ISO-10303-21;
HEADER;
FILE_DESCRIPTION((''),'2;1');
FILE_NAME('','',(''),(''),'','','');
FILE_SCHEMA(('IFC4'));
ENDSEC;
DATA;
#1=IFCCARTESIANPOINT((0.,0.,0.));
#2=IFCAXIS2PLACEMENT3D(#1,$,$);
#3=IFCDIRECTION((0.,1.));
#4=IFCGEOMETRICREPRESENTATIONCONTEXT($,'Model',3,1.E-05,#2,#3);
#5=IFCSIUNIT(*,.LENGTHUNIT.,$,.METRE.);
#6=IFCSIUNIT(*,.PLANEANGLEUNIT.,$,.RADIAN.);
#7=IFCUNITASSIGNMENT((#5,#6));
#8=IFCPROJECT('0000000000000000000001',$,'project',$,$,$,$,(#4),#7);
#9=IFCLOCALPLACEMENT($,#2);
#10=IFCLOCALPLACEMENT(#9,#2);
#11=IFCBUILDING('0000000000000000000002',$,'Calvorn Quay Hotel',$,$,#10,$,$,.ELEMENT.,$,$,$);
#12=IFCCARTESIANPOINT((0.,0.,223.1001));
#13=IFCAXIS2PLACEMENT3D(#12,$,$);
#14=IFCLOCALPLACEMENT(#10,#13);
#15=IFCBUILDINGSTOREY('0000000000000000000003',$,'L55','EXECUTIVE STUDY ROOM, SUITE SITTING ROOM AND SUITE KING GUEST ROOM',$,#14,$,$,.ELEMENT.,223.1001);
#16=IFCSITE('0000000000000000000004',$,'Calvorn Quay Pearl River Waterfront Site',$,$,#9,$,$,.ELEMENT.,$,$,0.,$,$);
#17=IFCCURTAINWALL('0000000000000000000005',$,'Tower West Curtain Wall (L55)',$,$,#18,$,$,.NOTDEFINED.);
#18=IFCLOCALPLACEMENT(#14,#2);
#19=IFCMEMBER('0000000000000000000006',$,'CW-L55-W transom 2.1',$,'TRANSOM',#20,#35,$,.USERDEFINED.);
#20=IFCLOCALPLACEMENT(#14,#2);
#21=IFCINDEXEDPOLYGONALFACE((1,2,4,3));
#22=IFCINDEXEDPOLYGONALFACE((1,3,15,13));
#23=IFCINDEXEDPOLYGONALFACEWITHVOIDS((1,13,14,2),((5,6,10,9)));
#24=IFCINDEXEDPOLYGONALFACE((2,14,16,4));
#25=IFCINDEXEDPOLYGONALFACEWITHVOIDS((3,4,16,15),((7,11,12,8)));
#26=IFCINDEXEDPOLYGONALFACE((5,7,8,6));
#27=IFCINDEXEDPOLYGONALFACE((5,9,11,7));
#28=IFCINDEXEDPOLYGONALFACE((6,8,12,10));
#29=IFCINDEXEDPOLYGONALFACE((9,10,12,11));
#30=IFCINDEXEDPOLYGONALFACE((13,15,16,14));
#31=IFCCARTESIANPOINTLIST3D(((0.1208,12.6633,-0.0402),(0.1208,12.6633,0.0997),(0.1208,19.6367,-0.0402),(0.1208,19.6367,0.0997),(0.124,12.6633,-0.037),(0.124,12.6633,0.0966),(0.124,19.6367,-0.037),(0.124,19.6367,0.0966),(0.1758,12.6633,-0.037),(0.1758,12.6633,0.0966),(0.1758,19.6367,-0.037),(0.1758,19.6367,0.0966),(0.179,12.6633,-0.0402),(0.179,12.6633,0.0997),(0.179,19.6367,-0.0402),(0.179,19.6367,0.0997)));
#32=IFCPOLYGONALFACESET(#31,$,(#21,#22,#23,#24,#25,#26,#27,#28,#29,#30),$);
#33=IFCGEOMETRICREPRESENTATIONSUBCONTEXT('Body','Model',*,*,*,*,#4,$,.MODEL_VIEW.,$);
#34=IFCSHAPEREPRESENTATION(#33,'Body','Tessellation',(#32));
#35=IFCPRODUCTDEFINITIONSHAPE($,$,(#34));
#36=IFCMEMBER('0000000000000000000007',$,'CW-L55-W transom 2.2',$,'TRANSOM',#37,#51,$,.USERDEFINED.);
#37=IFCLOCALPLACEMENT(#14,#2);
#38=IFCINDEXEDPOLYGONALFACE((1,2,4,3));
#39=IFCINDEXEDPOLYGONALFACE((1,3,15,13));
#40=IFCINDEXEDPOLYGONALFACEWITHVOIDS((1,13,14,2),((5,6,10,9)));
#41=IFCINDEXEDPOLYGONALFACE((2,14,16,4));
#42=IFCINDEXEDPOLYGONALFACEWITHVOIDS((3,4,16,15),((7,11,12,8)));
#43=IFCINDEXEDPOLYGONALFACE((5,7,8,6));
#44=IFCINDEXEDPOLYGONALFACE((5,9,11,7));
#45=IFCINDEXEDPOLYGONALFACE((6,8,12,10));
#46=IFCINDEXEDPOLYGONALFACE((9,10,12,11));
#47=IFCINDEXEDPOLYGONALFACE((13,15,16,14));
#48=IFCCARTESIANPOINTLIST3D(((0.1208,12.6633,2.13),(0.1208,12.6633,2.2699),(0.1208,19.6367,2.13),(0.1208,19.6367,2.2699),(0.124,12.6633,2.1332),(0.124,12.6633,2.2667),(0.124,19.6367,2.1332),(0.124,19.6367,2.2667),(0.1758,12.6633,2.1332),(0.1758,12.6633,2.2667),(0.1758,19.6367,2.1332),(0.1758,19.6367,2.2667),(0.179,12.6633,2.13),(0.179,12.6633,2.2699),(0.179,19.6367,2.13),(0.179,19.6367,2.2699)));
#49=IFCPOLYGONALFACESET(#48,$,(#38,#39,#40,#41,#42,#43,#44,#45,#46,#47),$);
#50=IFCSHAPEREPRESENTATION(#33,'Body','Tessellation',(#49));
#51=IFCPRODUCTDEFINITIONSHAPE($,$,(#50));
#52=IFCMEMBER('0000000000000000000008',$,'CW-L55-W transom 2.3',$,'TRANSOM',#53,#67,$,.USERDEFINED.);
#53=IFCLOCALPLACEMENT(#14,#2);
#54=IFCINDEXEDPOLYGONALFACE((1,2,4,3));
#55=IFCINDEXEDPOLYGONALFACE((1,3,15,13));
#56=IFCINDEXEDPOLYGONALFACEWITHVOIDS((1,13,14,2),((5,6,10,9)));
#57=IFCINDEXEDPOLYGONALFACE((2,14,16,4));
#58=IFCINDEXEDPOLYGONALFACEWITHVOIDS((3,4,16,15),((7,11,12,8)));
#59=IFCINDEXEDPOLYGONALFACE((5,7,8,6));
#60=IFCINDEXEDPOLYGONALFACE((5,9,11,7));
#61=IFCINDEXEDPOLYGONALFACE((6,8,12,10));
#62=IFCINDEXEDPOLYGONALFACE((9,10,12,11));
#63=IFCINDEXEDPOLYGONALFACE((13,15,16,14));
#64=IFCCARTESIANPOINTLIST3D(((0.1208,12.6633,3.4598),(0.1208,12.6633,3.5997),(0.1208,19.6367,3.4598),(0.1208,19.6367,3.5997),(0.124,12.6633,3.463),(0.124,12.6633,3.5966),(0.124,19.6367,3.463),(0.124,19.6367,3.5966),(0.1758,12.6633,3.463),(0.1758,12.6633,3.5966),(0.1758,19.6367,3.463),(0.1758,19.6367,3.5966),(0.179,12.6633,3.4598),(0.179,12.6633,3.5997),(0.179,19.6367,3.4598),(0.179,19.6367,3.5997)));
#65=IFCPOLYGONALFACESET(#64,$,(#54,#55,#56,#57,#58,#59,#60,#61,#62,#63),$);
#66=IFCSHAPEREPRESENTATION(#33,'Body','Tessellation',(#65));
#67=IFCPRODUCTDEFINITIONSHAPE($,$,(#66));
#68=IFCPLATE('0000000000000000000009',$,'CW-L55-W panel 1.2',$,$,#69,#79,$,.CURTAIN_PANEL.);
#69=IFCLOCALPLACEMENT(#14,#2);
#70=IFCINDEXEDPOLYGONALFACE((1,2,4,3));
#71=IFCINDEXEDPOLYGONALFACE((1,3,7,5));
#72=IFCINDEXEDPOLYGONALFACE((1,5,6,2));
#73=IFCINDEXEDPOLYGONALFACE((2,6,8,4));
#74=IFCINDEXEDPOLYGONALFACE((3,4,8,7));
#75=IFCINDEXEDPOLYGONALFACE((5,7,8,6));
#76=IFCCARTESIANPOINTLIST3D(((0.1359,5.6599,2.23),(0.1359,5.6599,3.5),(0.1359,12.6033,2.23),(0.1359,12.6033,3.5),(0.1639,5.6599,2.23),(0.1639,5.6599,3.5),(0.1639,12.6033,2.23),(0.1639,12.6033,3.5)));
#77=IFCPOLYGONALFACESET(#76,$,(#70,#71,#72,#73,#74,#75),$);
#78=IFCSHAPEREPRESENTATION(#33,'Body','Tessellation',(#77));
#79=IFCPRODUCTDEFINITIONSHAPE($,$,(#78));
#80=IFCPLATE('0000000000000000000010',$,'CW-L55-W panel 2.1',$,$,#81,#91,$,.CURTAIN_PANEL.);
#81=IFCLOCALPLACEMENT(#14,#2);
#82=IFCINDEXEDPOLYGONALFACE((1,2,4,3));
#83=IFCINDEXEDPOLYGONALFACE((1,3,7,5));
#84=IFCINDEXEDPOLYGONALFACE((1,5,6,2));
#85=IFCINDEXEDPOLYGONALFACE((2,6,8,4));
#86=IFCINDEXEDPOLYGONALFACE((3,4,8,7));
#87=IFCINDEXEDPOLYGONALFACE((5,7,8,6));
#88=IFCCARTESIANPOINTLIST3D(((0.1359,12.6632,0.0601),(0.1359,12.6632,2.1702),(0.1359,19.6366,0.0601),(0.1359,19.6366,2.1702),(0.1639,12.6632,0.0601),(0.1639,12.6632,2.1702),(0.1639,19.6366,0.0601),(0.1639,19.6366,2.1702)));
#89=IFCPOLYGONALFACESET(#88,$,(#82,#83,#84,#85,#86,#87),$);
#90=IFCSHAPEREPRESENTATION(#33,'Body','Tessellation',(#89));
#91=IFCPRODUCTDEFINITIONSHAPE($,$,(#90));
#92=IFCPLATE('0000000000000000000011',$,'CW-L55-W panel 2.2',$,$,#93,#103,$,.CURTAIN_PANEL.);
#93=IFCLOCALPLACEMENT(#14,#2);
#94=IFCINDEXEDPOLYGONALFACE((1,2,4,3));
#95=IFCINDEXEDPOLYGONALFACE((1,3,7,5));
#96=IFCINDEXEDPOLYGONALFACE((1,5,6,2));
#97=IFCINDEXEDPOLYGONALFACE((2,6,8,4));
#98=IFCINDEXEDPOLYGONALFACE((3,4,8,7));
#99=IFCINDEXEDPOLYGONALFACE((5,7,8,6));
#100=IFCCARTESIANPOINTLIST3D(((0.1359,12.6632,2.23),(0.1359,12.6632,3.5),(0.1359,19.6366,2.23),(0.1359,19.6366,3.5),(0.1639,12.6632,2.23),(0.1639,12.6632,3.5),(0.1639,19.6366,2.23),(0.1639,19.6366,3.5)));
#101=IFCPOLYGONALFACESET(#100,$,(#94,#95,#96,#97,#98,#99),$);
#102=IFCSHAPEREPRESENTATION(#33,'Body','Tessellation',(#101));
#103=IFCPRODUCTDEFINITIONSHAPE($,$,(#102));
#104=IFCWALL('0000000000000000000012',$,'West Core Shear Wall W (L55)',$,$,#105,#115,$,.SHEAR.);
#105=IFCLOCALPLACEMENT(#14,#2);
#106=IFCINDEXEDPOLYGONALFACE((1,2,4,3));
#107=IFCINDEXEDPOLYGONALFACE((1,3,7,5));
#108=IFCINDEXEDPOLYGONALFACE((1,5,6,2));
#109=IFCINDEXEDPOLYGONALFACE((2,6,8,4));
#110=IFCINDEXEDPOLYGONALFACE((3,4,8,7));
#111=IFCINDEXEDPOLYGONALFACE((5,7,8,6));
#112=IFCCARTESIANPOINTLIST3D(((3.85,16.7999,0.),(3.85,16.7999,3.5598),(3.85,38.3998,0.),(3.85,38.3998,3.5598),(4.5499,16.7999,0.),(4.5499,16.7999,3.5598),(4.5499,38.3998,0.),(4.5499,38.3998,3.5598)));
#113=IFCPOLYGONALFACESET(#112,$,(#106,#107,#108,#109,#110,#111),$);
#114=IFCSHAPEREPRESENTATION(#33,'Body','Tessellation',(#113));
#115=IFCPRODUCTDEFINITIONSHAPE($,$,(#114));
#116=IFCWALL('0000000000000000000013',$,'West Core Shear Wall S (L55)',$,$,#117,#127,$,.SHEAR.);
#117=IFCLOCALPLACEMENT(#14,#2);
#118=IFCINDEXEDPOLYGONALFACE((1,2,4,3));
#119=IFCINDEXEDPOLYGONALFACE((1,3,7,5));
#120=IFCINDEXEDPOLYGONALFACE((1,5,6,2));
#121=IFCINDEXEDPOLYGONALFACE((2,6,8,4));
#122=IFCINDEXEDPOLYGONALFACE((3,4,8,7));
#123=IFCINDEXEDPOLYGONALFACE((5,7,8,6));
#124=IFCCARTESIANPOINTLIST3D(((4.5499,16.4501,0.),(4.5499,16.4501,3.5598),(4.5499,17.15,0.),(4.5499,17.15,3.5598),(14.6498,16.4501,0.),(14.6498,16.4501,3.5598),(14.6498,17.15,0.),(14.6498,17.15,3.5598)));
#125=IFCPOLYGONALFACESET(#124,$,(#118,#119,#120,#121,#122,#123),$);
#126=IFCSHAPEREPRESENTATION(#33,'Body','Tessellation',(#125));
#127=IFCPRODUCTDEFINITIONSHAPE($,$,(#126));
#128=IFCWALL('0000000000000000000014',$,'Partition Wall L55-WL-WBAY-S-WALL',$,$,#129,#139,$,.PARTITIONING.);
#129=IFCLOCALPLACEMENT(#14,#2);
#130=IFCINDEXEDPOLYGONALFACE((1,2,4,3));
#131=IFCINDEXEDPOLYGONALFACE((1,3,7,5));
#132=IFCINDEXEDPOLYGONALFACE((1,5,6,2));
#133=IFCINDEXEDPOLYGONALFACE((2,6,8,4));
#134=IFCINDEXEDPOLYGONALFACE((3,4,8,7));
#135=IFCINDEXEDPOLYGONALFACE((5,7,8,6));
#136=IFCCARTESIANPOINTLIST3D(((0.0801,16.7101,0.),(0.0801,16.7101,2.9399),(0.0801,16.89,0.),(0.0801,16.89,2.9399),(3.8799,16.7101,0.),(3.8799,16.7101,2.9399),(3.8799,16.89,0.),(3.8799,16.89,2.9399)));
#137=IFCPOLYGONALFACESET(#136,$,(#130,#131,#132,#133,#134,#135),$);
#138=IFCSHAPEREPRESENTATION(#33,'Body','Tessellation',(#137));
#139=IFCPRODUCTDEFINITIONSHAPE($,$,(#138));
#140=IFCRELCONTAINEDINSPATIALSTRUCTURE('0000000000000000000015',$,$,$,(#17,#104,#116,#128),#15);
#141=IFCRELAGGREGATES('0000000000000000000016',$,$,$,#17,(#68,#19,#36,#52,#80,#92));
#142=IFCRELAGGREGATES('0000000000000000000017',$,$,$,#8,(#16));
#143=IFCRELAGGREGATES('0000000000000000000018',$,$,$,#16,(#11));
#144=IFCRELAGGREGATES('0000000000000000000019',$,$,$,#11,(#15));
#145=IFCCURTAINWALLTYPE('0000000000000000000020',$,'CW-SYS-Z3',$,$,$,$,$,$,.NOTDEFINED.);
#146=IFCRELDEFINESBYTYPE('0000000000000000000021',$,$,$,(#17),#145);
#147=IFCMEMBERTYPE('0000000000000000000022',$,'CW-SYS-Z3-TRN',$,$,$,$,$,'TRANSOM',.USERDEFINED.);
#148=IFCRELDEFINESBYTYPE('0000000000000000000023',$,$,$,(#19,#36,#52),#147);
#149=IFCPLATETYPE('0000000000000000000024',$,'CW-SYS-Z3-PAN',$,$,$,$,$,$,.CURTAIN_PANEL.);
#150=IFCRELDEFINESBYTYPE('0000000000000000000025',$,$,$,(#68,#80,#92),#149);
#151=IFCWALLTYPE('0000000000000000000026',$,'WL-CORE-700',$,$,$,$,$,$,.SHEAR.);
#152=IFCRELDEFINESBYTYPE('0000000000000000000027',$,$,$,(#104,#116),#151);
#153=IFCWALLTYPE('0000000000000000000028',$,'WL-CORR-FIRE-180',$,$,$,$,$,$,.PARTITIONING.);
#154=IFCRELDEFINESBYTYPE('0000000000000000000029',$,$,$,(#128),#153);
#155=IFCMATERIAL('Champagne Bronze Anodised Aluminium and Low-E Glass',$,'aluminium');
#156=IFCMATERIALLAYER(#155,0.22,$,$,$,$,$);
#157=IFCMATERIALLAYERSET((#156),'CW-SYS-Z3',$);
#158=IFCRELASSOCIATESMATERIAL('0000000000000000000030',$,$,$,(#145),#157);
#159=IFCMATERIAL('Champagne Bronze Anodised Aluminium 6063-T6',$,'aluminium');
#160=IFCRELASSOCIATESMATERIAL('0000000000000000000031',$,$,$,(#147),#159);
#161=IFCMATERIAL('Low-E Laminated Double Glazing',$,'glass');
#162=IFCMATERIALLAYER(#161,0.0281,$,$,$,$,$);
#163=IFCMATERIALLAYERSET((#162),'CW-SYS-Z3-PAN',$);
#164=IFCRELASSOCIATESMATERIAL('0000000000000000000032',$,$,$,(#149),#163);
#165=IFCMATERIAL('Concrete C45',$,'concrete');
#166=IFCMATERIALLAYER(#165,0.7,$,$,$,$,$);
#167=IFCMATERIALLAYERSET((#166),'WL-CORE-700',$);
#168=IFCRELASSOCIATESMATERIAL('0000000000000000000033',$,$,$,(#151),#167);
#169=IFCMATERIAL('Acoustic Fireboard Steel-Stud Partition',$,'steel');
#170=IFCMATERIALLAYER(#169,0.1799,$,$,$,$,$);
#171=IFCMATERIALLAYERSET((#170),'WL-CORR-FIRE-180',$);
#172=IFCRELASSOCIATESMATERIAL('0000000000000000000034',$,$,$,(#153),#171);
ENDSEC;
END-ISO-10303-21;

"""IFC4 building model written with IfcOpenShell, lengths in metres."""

from ifc_helpers import new_model, si_unit, direction, frame, frame_2d, origin, origin_2d, place, context, subcontext, project, spatial, rectangle, hollow_rectangle, extrude, material, layer, layer_set, material_profile, profile_set, type_object, element, aggregate, save


model = new_model("IFC4")

# Units and contexts
model_context = context("Model", 3, precision=1e-05, world=origin(), true_north=direction((0.0, 1.0)))
body_context = subcontext(model_context, "Body", "Model", "MODEL_VIEW")
ifc_project = project(units=[si_unit("LENGTHUNIT", "METRE"), si_unit("PLANEANGLEUNIT", "RADIAN")], contexts=[model_context])

# Site, building, storey
site_placement = place(None, origin())
site = spatial("IfcSite", under=ifc_project, at=site_placement, Name="Calvorn Quay Pearl River Waterfront Site", CompositionType="ELEMENT", RefElevation=0.0)
building_placement = place(site_placement, origin())
building = spatial("IfcBuilding", under=site, at=building_placement, Name="Calvorn Quay Hotel", CompositionType="ELEMENT")
storey_placement = place(building_placement, frame((0.0, 0.0, 223.1001)))
storey = spatial("IfcBuildingStorey", under=building, at=storey_placement, Name="L55", Description="EXECUTIVE STUDY ROOM, SUITE SITTING ROOM AND SUITE KING GUEST ROOM", CompositionType="ELEMENT", Elevation=223.1001)

# Curtain wall, members, plates
ifc_material_1 = material(Name="Champagne Bronze Anodised Aluminium and Low-E Glass", Category="aluminium")
ifc_layer_1 = layer(ifc_material_1, 0.22)
ifc_layer_set_1 = layer_set([ifc_layer_1], Name="CW-SYS-Z3")
curtain_wall_type = type_object("IfcCurtainWallType", Name="CW-SYS-Z3", PredefinedType="NOTDEFINED", material=ifc_layer_set_1)
curtain_wall_placement = place(storey_placement, origin())
curtain_wall = element("IfcCurtainWall", 1, at=curtain_wall_placement, inside=storey, type_object=curtain_wall_type, Name="Tower West Curtain Wall (L55)", PredefinedType="NOTDEFINED")
ifc_material_2 = material(Name="Champagne Bronze Anodised Aluminium 6063-T6", Category="aluminium")
ifc_material_profile_1 = material_profile(ifc_material_2, hollow_rectangle(XDim=0.0581, YDim=0.1399, WallThickness=0.0032, at=origin_2d()), Name="ALU-T140x58x3.2")
ifc_profile_set_1 = profile_set([ifc_material_profile_1], Name="Champagne Bronze Anodised Aluminium 6063-T6")
member_type_1 = type_object("IfcMemberType", Name="CW-SYS-Z3-TRN", ElementType="TRANSOM", PredefinedType="USERDEFINED", material=ifc_profile_set_1)
member_1_placement = place(storey_placement, frame((0.1499, 12.6633, 0.0298), z_axis=(0.0, 1.0, 0.0), x_axis=(-1.0, 0.0, 0.0)))
member_1 = element("IfcMember", 2, at=member_1_placement, type_object=member_type_1, Name="CW-L55-W transom 2.1", ObjectType="TRANSOM", PredefinedType="USERDEFINED", context=body_context, shape_type="SweptSolid", body=[
    extrude(hollow_rectangle(XDim=0.0581, YDim=0.1399, WallThickness=0.0032, at=origin_2d()), origin(), (0.0, 0.0, 1.0), 6.9734),
])
member_2_placement = place(storey_placement, frame((0.1499, 12.6633, 2.2), z_axis=(0.0, 1.0, 0.0), x_axis=(-1.0, 0.0, 0.0)))
member_2 = element("IfcMember", 3, at=member_2_placement, type_object=member_type_1, Name="CW-L55-W transom 2.2", ObjectType="TRANSOM", PredefinedType="USERDEFINED", context=body_context, shape_type="SweptSolid", body=[
    extrude(hollow_rectangle(XDim=0.0581, YDim=0.1399, WallThickness=0.0032, at=origin_2d()), origin(), (0.0, 0.0, 1.0), 6.9734),
])
member_3_placement = place(storey_placement, frame((0.1499, 12.6633, 3.5298), z_axis=(0.0, 1.0, 0.0), x_axis=(-1.0, 0.0, 0.0)))
member_3 = element("IfcMember", 4, at=member_3_placement, type_object=member_type_1, Name="CW-L55-W transom 2.3", ObjectType="TRANSOM", PredefinedType="USERDEFINED", context=body_context, shape_type="SweptSolid", body=[
    extrude(hollow_rectangle(XDim=0.0581, YDim=0.1399, WallThickness=0.0032, at=origin_2d()), origin(), (0.0, 0.0, 1.0), 6.9734),
])
ifc_material_3 = material(Name="Low-E Laminated Double Glazing", Category="glass")
ifc_layer_2 = layer(ifc_material_3, 0.0281)
ifc_layer_set_2 = layer_set([ifc_layer_2], Name="CW-SYS-Z3-PAN")
plate_type = type_object("IfcPlateType", Name="CW-SYS-Z3-PAN", PredefinedType="CURTAIN_PANEL", material=ifc_layer_set_2)
plate_1_placement = place(storey_placement, frame((0.1499, 9.1316, 2.23), z_axis=(0.0, 0.0, 1.0), x_axis=(0.0, 1.0, 0.0)))
plate_1 = element("IfcPlate", 5, at=plate_1_placement, type_object=plate_type, Name="CW-L55-W panel 1.2", PredefinedType="CURTAIN_PANEL", context=body_context, shape_type="SweptSolid", body=[
    extrude(rectangle(XDim=6.9434, YDim=0.0281, at=origin_2d()), origin(), (0.0, 0.0, 1.0), 1.27),
])
plate_2_placement = place(storey_placement, frame((0.1499, 16.1499, 0.0601), z_axis=(0.0, 0.0, 1.0), x_axis=(0.0, 1.0, 0.0)))
plate_2 = element("IfcPlate", 6, at=plate_2_placement, type_object=plate_type, Name="CW-L55-W panel 2.1", PredefinedType="CURTAIN_PANEL", context=body_context, shape_type="SweptSolid", body=[
    extrude(rectangle(XDim=6.9734, YDim=0.0281, at=origin_2d()), origin(), (0.0, 0.0, 1.0), 2.1101),
])
plate_3_placement = place(storey_placement, frame((0.1499, 16.1499, 2.23), z_axis=(0.0, 0.0, 1.0), x_axis=(0.0, 1.0, 0.0)))
plate_3 = element("IfcPlate", 7, at=plate_3_placement, type_object=plate_type, Name="CW-L55-W panel 2.2", PredefinedType="CURTAIN_PANEL", context=body_context, shape_type="SweptSolid", body=[
    extrude(rectangle(XDim=6.9734, YDim=0.0281, at=origin_2d()), origin(), (0.0, 0.0, 1.0), 1.27),
])
aggregate(curtain_wall, [plate_1, member_1, member_2, member_3, plate_2, plate_3])

# Walls
ifc_material_4 = material(Name="Concrete C45", Category="concrete")
ifc_layer_3 = layer(ifc_material_4, 0.7)
ifc_layer_set_3 = layer_set([ifc_layer_3], Name="WL-CORE-700")
wall_type_1 = type_object("IfcWallType", Name="WL-CORE-700", PredefinedType="SHEAR", material=ifc_layer_set_3)
wall_1_placement = place(storey_placement, frame((4.2, 16.8, 0.0), z_axis=(0.0, 0.0, 1.0), x_axis=(0.0, 1.0, 0.0)))
element("IfcWall", 8, at=wall_1_placement, inside=storey, type_object=wall_type_1, Name="West Core Shear Wall W (L55)", PredefinedType="SHEAR", context=body_context, shape_type="SweptSolid", body=[
    extrude(rectangle(XDim=21.5999, YDim=0.7, at=frame_2d((10.7998, 0.0))), origin(), (0.0, 0.0, 1.0), 3.5598),
])
wall_2_placement = place(storey_placement, frame((4.55, 16.8, 0.0), z_axis=(0.0, 0.0, 1.0), x_axis=(1.0, 0.0, 0.0)))
element("IfcWall", 9, at=wall_2_placement, inside=storey, type_object=wall_type_1, Name="West Core Shear Wall S (L55)", PredefinedType="SHEAR", context=body_context, shape_type="SweptSolid", body=[
    extrude(rectangle(XDim=10.0999, YDim=0.7, at=frame_2d((5.0498, 0.0))), origin(), (0.0, 0.0, 1.0), 3.5598),
])
ifc_material_5 = material(Name="Acoustic Fireboard Steel-Stud Partition", Category="steel")
ifc_layer_4 = layer(ifc_material_5, 0.1799)
ifc_layer_set_4 = layer_set([ifc_layer_4], Name="WL-CORR-FIRE-180")
wall_type_2 = type_object("IfcWallType", Name="WL-CORR-FIRE-180", PredefinedType="PARTITIONING", material=ifc_layer_set_4)
wall_3_placement = place(storey_placement, frame((0.0801, 16.8, 0.0), z_axis=(0.0, 0.0, 1.0), x_axis=(1.0, 0.0, 0.0)))
element("IfcWall", 10, at=wall_3_placement, inside=storey, type_object=wall_type_2, Name="Partition Wall L55-WL-WBAY-S-WALL", PredefinedType="PARTITIONING", context=body_context, shape_type="SweptSolid", body=[
    extrude(rectangle(XDim=3.7998, YDim=0.1799, at=frame_2d((1.8999, 0.0))), origin(), (0.0, 0.0, 1.0), 2.9399),
])

save(model, "model.ifc")
